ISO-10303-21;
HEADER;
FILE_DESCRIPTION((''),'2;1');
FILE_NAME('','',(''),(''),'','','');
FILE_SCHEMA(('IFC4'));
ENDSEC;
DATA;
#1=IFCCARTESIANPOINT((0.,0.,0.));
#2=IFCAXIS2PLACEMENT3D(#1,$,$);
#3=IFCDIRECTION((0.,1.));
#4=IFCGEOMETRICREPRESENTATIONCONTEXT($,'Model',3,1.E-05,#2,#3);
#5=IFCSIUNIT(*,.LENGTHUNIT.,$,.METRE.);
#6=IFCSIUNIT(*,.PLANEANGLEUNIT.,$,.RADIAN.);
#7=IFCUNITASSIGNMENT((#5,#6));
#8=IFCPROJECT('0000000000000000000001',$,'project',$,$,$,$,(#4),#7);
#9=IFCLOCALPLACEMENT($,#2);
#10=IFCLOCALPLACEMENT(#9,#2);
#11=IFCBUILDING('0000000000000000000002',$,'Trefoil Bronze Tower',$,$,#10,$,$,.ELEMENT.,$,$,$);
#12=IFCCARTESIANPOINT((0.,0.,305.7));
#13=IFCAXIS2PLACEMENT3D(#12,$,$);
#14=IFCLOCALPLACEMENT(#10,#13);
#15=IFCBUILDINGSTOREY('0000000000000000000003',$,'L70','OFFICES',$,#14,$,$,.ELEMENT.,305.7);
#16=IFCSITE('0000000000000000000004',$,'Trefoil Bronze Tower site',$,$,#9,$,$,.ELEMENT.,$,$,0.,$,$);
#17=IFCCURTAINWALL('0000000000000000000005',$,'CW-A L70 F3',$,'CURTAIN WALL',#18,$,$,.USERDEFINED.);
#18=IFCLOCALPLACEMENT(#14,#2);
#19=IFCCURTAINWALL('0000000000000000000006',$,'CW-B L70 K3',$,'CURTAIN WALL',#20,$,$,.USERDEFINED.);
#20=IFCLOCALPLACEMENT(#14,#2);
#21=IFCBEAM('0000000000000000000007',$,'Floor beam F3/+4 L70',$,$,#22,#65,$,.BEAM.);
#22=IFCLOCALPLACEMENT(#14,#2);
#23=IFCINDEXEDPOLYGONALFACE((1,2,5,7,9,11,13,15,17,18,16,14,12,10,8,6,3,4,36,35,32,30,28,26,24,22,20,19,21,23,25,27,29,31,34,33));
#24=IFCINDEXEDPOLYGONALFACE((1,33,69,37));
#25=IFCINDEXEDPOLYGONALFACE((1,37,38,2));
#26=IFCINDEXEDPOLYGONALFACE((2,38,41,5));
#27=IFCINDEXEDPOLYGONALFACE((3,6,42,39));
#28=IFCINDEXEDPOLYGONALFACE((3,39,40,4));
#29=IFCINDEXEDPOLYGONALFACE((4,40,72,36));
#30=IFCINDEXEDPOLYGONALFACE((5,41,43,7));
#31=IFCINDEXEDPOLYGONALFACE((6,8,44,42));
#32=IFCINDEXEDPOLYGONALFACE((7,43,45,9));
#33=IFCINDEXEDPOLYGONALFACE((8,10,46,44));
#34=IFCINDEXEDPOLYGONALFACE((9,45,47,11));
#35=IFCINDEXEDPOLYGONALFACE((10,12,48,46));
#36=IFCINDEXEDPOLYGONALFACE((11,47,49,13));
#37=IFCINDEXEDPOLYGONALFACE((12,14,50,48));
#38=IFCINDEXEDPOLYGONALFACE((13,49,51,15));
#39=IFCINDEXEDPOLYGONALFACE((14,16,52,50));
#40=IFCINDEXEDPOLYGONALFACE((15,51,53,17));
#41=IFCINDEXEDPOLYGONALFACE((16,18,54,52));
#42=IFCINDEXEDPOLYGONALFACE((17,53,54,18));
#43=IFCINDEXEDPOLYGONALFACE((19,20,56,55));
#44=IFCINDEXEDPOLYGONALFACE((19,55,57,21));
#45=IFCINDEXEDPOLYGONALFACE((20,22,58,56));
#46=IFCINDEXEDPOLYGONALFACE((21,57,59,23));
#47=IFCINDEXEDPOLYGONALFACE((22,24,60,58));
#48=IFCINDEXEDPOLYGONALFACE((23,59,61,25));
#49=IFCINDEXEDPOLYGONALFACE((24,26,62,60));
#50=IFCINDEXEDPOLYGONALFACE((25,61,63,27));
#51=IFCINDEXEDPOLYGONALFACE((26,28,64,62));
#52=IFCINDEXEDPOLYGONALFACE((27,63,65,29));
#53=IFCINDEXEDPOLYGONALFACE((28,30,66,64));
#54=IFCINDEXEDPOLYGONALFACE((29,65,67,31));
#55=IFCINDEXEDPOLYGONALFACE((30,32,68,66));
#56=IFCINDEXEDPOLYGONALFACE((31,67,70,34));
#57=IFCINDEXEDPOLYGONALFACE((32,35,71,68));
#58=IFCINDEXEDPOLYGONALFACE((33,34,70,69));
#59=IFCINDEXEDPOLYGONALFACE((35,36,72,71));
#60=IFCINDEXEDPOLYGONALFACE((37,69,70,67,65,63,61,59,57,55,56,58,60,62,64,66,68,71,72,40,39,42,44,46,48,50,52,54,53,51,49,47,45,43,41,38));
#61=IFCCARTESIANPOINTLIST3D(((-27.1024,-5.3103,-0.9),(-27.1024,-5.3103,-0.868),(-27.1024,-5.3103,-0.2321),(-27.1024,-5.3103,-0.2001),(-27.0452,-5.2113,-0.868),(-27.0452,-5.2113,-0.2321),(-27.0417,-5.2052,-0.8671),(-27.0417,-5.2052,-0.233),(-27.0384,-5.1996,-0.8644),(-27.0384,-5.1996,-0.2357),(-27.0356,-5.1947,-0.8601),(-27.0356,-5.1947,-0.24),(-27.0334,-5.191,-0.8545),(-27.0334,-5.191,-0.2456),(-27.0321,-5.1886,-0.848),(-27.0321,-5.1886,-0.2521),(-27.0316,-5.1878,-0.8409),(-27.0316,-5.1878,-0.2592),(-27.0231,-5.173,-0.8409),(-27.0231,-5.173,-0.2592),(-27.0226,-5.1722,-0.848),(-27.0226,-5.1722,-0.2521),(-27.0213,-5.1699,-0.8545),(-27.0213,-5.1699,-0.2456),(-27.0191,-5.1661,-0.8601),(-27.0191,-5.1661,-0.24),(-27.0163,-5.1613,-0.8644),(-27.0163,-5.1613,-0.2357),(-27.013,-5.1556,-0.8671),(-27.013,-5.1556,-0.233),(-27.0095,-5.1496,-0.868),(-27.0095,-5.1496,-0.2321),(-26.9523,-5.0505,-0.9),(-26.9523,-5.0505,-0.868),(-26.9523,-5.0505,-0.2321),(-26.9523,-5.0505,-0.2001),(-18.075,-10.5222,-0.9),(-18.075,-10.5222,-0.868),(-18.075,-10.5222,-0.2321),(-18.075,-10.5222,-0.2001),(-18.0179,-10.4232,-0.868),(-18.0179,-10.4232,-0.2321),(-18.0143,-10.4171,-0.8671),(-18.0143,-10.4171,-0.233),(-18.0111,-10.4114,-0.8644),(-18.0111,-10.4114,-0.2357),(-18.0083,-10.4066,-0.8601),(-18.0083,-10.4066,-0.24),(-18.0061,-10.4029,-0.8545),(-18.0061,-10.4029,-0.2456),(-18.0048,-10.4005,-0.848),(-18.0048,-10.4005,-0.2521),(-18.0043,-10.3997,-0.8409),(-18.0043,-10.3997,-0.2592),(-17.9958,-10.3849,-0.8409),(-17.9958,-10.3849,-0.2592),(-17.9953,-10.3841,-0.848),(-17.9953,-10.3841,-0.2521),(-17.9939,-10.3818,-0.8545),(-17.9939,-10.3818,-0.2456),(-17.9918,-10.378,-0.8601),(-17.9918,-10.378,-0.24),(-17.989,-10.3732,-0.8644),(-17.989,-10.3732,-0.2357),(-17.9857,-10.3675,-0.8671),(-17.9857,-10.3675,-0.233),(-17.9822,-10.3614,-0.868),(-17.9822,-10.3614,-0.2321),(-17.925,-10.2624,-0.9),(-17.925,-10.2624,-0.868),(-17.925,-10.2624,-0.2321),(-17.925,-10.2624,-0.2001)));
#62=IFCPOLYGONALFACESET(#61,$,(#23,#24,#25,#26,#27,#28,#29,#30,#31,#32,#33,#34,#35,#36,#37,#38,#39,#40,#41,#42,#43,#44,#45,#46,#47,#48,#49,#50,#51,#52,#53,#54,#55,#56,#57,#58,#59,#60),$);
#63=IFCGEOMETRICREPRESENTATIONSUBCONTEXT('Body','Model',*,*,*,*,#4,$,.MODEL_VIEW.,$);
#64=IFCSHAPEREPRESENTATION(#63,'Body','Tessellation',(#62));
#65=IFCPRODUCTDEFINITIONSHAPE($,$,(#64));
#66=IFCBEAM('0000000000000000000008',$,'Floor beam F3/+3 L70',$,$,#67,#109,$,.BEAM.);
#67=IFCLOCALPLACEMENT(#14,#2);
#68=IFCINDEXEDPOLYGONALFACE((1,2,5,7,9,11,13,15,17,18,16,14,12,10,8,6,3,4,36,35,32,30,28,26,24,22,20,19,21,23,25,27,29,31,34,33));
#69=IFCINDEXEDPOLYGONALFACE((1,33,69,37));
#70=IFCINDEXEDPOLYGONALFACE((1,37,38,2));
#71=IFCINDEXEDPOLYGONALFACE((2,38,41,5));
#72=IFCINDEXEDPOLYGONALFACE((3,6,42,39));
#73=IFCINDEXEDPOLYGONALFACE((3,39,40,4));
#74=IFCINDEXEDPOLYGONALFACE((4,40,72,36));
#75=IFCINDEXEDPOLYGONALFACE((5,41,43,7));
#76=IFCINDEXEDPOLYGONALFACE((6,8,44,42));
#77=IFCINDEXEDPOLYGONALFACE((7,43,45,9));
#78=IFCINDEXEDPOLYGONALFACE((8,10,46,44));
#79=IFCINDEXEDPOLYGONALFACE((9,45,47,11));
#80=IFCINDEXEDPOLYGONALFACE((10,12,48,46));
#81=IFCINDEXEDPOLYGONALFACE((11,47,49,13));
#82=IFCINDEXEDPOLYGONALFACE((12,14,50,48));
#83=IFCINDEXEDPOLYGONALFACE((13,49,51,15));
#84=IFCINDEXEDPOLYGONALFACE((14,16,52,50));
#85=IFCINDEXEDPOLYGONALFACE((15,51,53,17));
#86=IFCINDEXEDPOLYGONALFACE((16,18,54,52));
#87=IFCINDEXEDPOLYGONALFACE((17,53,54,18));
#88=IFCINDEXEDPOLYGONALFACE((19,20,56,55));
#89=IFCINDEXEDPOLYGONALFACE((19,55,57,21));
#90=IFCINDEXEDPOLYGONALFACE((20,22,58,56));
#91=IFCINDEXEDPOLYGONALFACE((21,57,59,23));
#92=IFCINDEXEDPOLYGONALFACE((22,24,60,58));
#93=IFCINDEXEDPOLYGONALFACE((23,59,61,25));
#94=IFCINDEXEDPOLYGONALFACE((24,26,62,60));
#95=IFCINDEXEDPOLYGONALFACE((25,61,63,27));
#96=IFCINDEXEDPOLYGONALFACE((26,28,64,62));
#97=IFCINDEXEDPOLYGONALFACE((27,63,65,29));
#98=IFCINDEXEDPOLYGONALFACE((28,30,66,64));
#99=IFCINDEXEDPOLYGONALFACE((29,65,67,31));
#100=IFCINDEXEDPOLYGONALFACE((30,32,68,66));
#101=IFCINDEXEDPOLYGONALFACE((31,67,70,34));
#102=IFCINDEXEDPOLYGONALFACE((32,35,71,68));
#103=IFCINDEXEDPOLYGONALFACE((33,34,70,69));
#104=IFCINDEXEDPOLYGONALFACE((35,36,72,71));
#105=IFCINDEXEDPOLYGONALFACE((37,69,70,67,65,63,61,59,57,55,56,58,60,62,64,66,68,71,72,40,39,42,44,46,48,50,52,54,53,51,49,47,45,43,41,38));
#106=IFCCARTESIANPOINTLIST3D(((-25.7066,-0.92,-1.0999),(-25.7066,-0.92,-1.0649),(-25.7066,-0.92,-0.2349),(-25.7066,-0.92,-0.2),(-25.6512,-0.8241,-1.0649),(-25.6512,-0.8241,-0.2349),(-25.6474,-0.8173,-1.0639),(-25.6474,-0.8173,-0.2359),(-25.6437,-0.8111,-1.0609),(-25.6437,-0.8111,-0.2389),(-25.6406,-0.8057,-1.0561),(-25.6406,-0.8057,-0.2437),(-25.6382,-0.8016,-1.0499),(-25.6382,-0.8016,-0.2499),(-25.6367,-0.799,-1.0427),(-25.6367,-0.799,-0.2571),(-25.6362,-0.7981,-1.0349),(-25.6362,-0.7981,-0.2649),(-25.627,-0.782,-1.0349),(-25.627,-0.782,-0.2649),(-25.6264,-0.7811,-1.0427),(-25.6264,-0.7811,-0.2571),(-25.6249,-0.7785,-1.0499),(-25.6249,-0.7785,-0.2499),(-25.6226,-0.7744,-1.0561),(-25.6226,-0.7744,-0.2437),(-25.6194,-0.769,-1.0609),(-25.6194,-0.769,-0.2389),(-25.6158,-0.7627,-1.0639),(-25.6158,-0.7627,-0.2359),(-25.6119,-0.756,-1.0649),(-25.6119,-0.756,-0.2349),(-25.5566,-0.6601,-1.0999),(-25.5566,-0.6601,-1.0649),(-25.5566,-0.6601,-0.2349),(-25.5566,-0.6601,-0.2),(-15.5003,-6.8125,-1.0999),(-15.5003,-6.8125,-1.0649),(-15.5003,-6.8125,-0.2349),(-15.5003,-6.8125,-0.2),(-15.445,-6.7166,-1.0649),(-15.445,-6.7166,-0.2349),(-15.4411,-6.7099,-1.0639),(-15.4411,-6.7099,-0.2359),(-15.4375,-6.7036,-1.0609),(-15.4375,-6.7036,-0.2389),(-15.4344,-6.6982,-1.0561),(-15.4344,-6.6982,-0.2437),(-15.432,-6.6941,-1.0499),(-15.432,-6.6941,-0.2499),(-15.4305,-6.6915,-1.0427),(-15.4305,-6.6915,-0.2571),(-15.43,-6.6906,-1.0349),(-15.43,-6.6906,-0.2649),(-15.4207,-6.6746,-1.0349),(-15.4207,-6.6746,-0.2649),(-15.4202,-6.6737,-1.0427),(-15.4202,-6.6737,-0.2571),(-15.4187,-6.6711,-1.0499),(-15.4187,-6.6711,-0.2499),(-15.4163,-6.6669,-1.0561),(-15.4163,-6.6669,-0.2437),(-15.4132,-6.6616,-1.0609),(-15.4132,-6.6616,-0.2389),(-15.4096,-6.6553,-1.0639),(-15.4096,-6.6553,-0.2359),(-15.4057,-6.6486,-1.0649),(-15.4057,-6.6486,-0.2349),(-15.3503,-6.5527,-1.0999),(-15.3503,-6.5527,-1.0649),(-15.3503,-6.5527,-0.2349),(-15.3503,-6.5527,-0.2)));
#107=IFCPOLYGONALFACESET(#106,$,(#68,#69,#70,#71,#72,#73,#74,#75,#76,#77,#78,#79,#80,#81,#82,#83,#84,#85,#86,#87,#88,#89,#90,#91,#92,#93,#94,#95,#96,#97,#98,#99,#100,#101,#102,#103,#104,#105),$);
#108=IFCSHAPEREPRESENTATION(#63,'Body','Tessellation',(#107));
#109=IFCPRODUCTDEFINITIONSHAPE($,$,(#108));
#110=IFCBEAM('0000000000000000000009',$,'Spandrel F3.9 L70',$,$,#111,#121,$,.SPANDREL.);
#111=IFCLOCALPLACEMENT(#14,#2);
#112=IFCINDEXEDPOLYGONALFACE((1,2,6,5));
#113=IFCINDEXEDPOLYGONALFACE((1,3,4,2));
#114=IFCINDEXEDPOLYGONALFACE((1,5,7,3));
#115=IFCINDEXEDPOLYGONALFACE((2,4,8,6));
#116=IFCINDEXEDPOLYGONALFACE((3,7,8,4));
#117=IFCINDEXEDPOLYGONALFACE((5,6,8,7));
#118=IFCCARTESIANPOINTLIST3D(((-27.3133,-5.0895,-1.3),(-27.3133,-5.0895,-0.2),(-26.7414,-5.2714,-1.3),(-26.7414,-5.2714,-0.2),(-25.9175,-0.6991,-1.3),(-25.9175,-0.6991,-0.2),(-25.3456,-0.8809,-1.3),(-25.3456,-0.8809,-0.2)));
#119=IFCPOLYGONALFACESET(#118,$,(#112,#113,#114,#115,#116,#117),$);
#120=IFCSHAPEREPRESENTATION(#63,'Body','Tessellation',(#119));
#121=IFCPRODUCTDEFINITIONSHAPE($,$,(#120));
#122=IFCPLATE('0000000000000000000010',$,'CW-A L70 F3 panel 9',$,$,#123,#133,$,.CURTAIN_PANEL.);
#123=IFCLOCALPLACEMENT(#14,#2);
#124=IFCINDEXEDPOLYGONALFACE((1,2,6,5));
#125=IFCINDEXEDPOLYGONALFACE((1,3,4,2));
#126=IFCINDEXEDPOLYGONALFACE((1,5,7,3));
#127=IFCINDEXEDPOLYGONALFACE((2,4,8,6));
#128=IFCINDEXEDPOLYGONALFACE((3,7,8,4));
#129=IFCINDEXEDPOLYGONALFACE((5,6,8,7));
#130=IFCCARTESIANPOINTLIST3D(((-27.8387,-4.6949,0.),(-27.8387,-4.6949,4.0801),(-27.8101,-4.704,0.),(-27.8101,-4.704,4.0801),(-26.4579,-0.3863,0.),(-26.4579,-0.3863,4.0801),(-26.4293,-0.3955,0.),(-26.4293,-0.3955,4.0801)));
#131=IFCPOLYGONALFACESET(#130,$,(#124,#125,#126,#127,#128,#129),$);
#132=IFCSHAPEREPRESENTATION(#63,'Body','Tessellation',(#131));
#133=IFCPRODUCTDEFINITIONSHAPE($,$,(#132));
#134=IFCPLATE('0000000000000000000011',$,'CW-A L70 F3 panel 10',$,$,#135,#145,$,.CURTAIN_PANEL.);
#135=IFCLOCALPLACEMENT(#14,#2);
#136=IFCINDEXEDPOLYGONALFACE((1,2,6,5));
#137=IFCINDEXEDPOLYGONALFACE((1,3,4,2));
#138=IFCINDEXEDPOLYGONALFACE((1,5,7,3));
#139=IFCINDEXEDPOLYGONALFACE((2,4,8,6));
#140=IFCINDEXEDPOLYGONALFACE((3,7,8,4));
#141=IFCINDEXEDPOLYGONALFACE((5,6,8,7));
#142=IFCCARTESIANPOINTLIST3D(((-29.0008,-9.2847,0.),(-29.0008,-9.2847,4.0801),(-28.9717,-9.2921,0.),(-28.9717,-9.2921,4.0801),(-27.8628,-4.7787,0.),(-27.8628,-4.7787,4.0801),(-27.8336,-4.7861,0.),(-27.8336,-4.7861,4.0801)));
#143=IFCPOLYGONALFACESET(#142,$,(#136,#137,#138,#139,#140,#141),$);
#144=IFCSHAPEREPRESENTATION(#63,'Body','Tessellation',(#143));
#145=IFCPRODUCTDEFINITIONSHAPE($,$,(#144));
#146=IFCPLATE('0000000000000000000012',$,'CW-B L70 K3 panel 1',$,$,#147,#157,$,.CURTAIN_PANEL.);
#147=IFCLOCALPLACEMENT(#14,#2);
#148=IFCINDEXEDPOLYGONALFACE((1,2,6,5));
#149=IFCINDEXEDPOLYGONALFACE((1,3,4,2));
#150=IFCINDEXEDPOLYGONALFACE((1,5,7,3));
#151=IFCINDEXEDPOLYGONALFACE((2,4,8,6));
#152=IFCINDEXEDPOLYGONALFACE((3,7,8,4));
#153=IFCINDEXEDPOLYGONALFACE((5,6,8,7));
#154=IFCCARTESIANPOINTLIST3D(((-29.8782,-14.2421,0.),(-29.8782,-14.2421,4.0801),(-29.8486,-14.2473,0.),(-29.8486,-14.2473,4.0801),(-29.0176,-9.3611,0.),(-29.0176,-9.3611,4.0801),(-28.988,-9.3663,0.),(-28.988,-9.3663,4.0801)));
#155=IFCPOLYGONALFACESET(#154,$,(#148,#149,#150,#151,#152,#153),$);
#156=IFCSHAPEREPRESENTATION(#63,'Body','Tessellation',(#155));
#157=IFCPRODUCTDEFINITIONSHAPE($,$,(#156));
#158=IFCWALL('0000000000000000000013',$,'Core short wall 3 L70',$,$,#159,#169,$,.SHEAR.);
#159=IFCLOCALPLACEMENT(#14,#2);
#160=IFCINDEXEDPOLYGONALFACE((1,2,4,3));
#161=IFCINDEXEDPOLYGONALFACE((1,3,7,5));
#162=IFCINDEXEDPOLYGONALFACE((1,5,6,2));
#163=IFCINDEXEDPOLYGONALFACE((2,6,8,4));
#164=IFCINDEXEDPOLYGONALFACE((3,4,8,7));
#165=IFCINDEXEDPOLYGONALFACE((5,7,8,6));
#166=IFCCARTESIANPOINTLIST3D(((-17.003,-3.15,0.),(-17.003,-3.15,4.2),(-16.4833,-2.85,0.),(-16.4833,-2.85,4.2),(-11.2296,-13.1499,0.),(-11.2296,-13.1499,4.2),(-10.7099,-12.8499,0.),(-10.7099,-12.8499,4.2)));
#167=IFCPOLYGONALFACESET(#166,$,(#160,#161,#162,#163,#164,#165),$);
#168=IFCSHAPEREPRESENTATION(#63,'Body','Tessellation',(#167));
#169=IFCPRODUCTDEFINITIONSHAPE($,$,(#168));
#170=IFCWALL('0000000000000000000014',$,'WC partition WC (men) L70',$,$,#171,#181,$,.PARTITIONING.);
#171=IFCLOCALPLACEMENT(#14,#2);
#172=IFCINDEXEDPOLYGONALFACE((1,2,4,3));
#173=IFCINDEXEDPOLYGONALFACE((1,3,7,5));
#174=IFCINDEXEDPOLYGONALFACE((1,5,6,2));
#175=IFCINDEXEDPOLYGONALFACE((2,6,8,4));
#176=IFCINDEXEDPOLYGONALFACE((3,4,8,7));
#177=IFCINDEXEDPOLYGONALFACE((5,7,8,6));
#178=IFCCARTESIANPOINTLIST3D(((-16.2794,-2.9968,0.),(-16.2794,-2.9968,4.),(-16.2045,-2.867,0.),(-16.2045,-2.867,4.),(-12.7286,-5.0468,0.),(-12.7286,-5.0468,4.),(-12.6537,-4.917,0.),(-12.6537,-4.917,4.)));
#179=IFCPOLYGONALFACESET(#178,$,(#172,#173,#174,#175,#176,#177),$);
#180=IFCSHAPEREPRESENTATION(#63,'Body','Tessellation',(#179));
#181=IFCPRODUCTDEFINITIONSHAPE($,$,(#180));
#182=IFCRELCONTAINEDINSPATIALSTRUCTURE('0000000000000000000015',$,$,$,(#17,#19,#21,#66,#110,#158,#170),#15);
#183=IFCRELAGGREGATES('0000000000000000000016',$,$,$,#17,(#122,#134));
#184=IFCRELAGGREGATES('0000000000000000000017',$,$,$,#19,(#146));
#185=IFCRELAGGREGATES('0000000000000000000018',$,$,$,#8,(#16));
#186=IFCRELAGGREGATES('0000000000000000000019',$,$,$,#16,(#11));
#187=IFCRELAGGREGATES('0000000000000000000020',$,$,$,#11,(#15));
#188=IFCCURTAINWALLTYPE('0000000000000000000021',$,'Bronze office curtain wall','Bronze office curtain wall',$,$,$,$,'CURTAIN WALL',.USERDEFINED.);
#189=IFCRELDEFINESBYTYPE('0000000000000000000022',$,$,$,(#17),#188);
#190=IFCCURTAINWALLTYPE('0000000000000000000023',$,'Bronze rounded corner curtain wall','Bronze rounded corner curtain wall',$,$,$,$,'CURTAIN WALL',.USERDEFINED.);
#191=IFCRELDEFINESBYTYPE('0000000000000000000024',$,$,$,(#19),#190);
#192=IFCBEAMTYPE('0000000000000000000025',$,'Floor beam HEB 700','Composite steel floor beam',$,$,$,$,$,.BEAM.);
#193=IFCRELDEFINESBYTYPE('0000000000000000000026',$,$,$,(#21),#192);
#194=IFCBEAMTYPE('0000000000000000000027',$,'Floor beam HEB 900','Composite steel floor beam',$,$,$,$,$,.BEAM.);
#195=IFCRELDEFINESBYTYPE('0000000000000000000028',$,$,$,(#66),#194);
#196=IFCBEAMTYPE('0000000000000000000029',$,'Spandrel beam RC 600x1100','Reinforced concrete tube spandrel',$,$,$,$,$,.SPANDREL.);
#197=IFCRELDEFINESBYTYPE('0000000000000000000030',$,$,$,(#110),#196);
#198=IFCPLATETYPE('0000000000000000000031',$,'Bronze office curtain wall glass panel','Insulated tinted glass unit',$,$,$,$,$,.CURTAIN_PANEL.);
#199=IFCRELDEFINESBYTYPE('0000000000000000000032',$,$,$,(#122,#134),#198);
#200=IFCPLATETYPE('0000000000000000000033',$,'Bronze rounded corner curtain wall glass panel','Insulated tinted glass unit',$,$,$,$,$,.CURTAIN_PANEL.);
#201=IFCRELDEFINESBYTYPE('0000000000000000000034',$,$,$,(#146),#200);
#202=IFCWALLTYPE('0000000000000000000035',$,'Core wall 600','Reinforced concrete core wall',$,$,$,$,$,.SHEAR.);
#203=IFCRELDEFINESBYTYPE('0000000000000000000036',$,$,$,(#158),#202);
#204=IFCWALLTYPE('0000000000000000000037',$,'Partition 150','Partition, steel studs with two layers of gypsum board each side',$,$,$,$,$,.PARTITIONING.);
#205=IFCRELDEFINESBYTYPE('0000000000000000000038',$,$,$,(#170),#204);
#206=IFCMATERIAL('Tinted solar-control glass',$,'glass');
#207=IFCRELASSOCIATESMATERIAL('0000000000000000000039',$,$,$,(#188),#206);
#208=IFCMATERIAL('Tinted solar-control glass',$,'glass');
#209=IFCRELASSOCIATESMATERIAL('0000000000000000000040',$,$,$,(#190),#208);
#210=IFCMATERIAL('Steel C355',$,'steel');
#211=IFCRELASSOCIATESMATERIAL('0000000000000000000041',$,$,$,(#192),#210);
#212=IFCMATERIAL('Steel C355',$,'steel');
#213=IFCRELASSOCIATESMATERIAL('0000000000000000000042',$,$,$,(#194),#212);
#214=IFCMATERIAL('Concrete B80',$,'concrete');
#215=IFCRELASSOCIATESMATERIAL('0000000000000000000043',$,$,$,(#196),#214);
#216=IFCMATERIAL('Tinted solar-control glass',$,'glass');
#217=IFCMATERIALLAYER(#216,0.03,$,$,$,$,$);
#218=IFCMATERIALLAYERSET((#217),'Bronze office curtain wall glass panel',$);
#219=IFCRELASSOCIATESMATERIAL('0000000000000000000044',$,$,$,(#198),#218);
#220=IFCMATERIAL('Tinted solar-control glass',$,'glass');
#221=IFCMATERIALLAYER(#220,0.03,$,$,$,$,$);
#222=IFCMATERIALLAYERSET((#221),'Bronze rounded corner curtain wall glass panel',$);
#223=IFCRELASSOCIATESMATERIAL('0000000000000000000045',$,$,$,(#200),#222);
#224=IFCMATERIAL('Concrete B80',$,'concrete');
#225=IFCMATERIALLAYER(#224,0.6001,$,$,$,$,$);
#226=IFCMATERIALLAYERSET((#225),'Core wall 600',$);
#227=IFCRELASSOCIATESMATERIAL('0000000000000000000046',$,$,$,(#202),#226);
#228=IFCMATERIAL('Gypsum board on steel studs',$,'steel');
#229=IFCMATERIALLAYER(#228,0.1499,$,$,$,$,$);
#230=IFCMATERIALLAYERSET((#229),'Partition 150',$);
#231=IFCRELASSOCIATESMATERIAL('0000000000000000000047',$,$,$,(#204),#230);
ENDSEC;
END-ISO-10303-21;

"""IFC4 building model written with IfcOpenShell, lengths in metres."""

from ifc_helpers import new_model, si_unit, direction, frame, frame_2d, origin, origin_2d, place, context, subcontext, project, spatial, rectangle, i_section, extrude, material, layer, layer_set, material_profile, profile_set, type_object, element, aggregate, save


model = new_model("IFC4")

# Units and contexts
model_context = context("Model", 3, precision=1e-05, world=origin(), true_north=direction((0.0, 1.0)))
body_context = subcontext(model_context, "Body", "Model", "MODEL_VIEW")
ifc_project = project(units=[si_unit("LENGTHUNIT", "METRE"), si_unit("PLANEANGLEUNIT", "RADIAN")], contexts=[model_context])

# Site, building, storey
site_placement = place(None, origin())
site = spatial("IfcSite", under=ifc_project, at=site_placement, Name="Trefoil Bronze Tower site", CompositionType="ELEMENT", RefElevation=0.0)
building_placement = place(site_placement, origin())
building = spatial("IfcBuilding", under=site, at=building_placement, Name="Trefoil Bronze Tower", CompositionType="ELEMENT")
storey_placement = place(building_placement, frame((0.0, 0.0, 305.7)))
storey = spatial("IfcBuildingStorey", under=building, at=storey_placement, Name="L70", Description="OFFICES", CompositionType="ELEMENT", Elevation=305.7)

# Curtain walls
ifc_material_1 = material(Name="Tinted solar-control glass", Category="glass")
curtain_wall_type_1 = type_object("IfcCurtainWallType", Name="Bronze office curtain wall", Description="Bronze office curtain wall", ElementType="CURTAIN WALL", PredefinedType="USERDEFINED", material=ifc_material_1)
curtain_wall_1_placement = place(storey_placement, origin())
curtain_wall_1 = element("IfcCurtainWall", 1, at=curtain_wall_1_placement, inside=storey, type_object=curtain_wall_type_1, Name="CW-A L70 F3", ObjectType="CURTAIN WALL", PredefinedType="USERDEFINED")
ifc_material_2 = material(Name="Tinted solar-control glass", Category="glass")
curtain_wall_type_2 = type_object("IfcCurtainWallType", Name="Bronze rounded corner curtain wall", Description="Bronze rounded corner curtain wall", ElementType="CURTAIN WALL", PredefinedType="USERDEFINED", material=ifc_material_2)
curtain_wall_2_placement = place(storey_placement, origin())
curtain_wall_2 = element("IfcCurtainWall", 2, at=curtain_wall_2_placement, inside=storey, type_object=curtain_wall_type_2, Name="CW-B L70 K3", ObjectType="CURTAIN WALL", PredefinedType="USERDEFINED")

# Beams
ifc_material_3 = material(Name="Steel C355", Category="steel")
ifc_material_profile_1 = material_profile(ifc_material_3, i_section(OverallWidth=0.3, OverallDepth=0.7, WebThickness=0.0171, FlangeThickness=0.032, FilletRadius=0.0271, at=origin_2d()), Name="HEB 700")
ifc_profile_set_1 = profile_set([ifc_material_profile_1], Name="Steel C355")
beam_type_1 = type_object("IfcBeamType", Name="Floor beam HEB 700", Description="Composite steel floor beam", PredefinedType="BEAM", material=ifc_profile_set_1)
beam_1_placement = place(storey_placement, frame((-27.0273, -5.1804, -0.55), z_axis=(0.866026, -0.499998, 0.0), x_axis=(0.499998, 0.866026, 0.0)))
element("IfcBeam", 3, at=beam_1_placement, inside=storey, type_object=beam_type_1, Name="Floor beam F3/+4 L70", PredefinedType="BEAM", context=body_context, shape_type="SweptSolid", body=[
    extrude(i_section(OverallWidth=0.3, OverallDepth=0.7, WebThickness=0.0171, FlangeThickness=0.032, FilletRadius=0.0271, at=origin_2d()), origin(), (0.0, 0.0, 1.0), 10.4238),
])
ifc_material_4 = material(Name="Steel C355", Category="steel")
ifc_material_profile_2 = material_profile(ifc_material_4, i_section(OverallWidth=0.3, OverallDepth=0.8999, WebThickness=0.0186, FlangeThickness=0.0349, FilletRadius=0.03, at=origin_2d()), Name="HEB 900")
ifc_profile_set_2 = profile_set([ifc_material_profile_2], Name="Steel C355")
beam_type_2 = type_object("IfcBeamType", Name="Floor beam HEB 900", Description="Composite steel floor beam", PredefinedType="BEAM", material=ifc_profile_set_2)
beam_2_placement = place(storey_placement, frame((-25.6316, -0.79, -0.6499), z_axis=(0.866027, -0.499998, 0.0), x_axis=(0.499998, 0.866027, 0.0)))
element("IfcBeam", 4, at=beam_2_placement, inside=storey, type_object=beam_type_2, Name="Floor beam F3/+3 L70", PredefinedType="BEAM", context=body_context, shape_type="SweptSolid", body=[
    extrude(i_section(OverallWidth=0.3, OverallDepth=0.8999, WebThickness=0.0186, FlangeThickness=0.0349, FilletRadius=0.03, at=origin_2d()), origin(), (0.0, 0.0, 1.0), 11.7852),
])
ifc_material_5 = material(Name="Concrete B80", Category="concrete")
ifc_material_profile_3 = material_profile(ifc_material_5, rectangle(XDim=0.6001, YDim=1.1001, at=origin_2d()), Name="RC 600x1100")
ifc_profile_set_3 = profile_set([ifc_material_profile_3], Name="Concrete B80")
beam_type_3 = type_object("IfcBeamType", Name="Spandrel beam RC 600x1100", Description="Reinforced concrete tube spandrel", PredefinedType="SPANDREL", material=ifc_profile_set_3)
beam_3_placement = place(storey_placement, frame((-25.6316, -0.79, -0.75), z_axis=(-0.30297, -0.953, 0.0), x_axis=(0.953, -0.30297, 0.0)))
element("IfcBeam", 5, at=beam_3_placement, inside=storey, type_object=beam_type_3, Name="Spandrel F3.9 L70", PredefinedType="SPANDREL", context=body_context, shape_type="SweptSolid", body=[
    extrude(rectangle(XDim=0.6001, YDim=1.1001, at=origin_2d()), origin(), (0.0, 0.0, 1.0), 4.6069),
])

# Plates
ifc_material_6 = material(Name="Tinted solar-control glass", Category="glass")
ifc_layer_1 = layer(ifc_material_6, 0.03)
ifc_layer_set_1 = layer_set([ifc_layer_1], Name="Bronze office curtain wall glass panel")
plate_type_1 = type_object("IfcPlateType", Name="Bronze office curtain wall glass panel", Description="Insulated tinted glass unit", PredefinedType="CURTAIN_PANEL", material=ifc_layer_set_1)
plate_1_placement = place(storey_placement, frame((-27.134, -2.5452, 0.0), z_axis=(0.0, 0.0, 1.0), x_axis=(-0.305188, -0.952292, 0.0)))
plate_1 = element("IfcPlate", 6, at=plate_1_placement, type_object=plate_type_1, Name="CW-A L70 F3 panel 9", PredefinedType="CURTAIN_PANEL", context=body_context, shape_type="SweptSolid", body=[
    extrude(rectangle(XDim=4.5244, YDim=0.03, at=origin_2d()), origin(), (0.0, 0.0, 1.0), 4.0801),
])
plate_2_placement = place(storey_placement, frame((-28.4172, -7.0354, 0.0), z_axis=(0.0, 0.0, 1.0), x_axis=(-0.24488, -0.969554, 0.0)))
plate_2 = element("IfcPlate", 7, at=plate_2_placement, type_object=plate_type_1, Name="CW-A L70 F3 panel 10", PredefinedType="CURTAIN_PANEL", context=body_context, shape_type="SweptSolid", body=[
    extrude(rectangle(XDim=4.6475, YDim=0.03, at=origin_2d()), origin(), (0.0, 0.0, 1.0), 4.0801),
])
aggregate(curtain_wall_1, [plate_1, plate_2])
ifc_material_7 = material(Name="Tinted solar-control glass", Category="glass")
ifc_layer_2 = layer(ifc_material_7, 0.03)
ifc_layer_set_2 = layer_set([ifc_layer_2], Name="Bronze rounded corner curtain wall glass panel")
plate_type_2 = type_object("IfcPlateType", Name="Bronze rounded corner curtain wall glass panel", Description="Insulated tinted glass unit", PredefinedType="CURTAIN_PANEL", material=ifc_layer_set_2)
plate_3_placement = place(storey_placement, frame((-29.4331, -11.8042, 0.0), z_axis=(0.0, 0.0, 1.0), x_axis=(-0.173648, -0.984808, 0.0)))
plate_3 = element("IfcPlate", 8, at=plate_3_placement, type_object=plate_type_2, Name="CW-B L70 K3 panel 1", PredefinedType="CURTAIN_PANEL", context=body_context, shape_type="SweptSolid", body=[
    extrude(rectangle(XDim=4.9563, YDim=0.03, at=origin_2d()), origin(), (0.0, 0.0, 1.0), 4.0801),
])
aggregate(curtain_wall_2, [plate_3])

# Walls
ifc_material_8 = material(Name="Concrete B80", Category="concrete")
ifc_layer_3 = layer(ifc_material_8, 0.6001)
ifc_layer_set_3 = layer_set([ifc_layer_3], Name="Core wall 600")
wall_type_1 = type_object("IfcWallType", Name="Core wall 600", Description="Reinforced concrete core wall", PredefinedType="SHEAR", material=ifc_layer_set_3)
wall_1_placement = place(storey_placement, frame((-16.7432, -3.0, 0.0), z_axis=(0.0, 0.0, 1.0), x_axis=(0.499996, -0.866028, 0.0)))
element("IfcWall", 9, at=wall_1_placement, inside=storey, type_object=wall_type_1, Name="Core short wall 3 L70", PredefinedType="SHEAR", context=body_context, shape_type="SweptSolid", body=[
    extrude(rectangle(XDim=11.5469, YDim=0.6001, at=frame_2d((5.7734, 0.0))), origin(), (0.0, 0.0, 1.0), 4.2),
])
ifc_material_9 = material(Name="Gypsum board on steel studs", Category="steel")
ifc_layer_4 = layer(ifc_material_9, 0.1499)
ifc_layer_set_4 = layer_set([ifc_layer_4], Name="Partition 150")
wall_type_2 = type_object("IfcWallType", Name="Partition 150", Description="Partition, steel studs with two layers of gypsum board each side", PredefinedType="PARTITIONING", material=ifc_layer_set_4)
wall_2_placement = place(storey_placement, frame((-12.6912, -4.9819, 0.0), z_axis=(0.0, 0.0, 1.0), x_axis=(-0.866025, 0.500001, 0.0)))
element("IfcWall", 10, at=wall_2_placement, inside=storey, type_object=wall_type_2, Name="WC partition WC (men) L70", PredefinedType="PARTITIONING", context=body_context, shape_type="SweptSolid", body=[
    extrude(rectangle(XDim=4.1001, YDim=0.1499, at=frame_2d((2.05, 0.0))), origin(), (0.0, 0.0, 1.0), 4.0),
])

save(model, "model.ifc")
